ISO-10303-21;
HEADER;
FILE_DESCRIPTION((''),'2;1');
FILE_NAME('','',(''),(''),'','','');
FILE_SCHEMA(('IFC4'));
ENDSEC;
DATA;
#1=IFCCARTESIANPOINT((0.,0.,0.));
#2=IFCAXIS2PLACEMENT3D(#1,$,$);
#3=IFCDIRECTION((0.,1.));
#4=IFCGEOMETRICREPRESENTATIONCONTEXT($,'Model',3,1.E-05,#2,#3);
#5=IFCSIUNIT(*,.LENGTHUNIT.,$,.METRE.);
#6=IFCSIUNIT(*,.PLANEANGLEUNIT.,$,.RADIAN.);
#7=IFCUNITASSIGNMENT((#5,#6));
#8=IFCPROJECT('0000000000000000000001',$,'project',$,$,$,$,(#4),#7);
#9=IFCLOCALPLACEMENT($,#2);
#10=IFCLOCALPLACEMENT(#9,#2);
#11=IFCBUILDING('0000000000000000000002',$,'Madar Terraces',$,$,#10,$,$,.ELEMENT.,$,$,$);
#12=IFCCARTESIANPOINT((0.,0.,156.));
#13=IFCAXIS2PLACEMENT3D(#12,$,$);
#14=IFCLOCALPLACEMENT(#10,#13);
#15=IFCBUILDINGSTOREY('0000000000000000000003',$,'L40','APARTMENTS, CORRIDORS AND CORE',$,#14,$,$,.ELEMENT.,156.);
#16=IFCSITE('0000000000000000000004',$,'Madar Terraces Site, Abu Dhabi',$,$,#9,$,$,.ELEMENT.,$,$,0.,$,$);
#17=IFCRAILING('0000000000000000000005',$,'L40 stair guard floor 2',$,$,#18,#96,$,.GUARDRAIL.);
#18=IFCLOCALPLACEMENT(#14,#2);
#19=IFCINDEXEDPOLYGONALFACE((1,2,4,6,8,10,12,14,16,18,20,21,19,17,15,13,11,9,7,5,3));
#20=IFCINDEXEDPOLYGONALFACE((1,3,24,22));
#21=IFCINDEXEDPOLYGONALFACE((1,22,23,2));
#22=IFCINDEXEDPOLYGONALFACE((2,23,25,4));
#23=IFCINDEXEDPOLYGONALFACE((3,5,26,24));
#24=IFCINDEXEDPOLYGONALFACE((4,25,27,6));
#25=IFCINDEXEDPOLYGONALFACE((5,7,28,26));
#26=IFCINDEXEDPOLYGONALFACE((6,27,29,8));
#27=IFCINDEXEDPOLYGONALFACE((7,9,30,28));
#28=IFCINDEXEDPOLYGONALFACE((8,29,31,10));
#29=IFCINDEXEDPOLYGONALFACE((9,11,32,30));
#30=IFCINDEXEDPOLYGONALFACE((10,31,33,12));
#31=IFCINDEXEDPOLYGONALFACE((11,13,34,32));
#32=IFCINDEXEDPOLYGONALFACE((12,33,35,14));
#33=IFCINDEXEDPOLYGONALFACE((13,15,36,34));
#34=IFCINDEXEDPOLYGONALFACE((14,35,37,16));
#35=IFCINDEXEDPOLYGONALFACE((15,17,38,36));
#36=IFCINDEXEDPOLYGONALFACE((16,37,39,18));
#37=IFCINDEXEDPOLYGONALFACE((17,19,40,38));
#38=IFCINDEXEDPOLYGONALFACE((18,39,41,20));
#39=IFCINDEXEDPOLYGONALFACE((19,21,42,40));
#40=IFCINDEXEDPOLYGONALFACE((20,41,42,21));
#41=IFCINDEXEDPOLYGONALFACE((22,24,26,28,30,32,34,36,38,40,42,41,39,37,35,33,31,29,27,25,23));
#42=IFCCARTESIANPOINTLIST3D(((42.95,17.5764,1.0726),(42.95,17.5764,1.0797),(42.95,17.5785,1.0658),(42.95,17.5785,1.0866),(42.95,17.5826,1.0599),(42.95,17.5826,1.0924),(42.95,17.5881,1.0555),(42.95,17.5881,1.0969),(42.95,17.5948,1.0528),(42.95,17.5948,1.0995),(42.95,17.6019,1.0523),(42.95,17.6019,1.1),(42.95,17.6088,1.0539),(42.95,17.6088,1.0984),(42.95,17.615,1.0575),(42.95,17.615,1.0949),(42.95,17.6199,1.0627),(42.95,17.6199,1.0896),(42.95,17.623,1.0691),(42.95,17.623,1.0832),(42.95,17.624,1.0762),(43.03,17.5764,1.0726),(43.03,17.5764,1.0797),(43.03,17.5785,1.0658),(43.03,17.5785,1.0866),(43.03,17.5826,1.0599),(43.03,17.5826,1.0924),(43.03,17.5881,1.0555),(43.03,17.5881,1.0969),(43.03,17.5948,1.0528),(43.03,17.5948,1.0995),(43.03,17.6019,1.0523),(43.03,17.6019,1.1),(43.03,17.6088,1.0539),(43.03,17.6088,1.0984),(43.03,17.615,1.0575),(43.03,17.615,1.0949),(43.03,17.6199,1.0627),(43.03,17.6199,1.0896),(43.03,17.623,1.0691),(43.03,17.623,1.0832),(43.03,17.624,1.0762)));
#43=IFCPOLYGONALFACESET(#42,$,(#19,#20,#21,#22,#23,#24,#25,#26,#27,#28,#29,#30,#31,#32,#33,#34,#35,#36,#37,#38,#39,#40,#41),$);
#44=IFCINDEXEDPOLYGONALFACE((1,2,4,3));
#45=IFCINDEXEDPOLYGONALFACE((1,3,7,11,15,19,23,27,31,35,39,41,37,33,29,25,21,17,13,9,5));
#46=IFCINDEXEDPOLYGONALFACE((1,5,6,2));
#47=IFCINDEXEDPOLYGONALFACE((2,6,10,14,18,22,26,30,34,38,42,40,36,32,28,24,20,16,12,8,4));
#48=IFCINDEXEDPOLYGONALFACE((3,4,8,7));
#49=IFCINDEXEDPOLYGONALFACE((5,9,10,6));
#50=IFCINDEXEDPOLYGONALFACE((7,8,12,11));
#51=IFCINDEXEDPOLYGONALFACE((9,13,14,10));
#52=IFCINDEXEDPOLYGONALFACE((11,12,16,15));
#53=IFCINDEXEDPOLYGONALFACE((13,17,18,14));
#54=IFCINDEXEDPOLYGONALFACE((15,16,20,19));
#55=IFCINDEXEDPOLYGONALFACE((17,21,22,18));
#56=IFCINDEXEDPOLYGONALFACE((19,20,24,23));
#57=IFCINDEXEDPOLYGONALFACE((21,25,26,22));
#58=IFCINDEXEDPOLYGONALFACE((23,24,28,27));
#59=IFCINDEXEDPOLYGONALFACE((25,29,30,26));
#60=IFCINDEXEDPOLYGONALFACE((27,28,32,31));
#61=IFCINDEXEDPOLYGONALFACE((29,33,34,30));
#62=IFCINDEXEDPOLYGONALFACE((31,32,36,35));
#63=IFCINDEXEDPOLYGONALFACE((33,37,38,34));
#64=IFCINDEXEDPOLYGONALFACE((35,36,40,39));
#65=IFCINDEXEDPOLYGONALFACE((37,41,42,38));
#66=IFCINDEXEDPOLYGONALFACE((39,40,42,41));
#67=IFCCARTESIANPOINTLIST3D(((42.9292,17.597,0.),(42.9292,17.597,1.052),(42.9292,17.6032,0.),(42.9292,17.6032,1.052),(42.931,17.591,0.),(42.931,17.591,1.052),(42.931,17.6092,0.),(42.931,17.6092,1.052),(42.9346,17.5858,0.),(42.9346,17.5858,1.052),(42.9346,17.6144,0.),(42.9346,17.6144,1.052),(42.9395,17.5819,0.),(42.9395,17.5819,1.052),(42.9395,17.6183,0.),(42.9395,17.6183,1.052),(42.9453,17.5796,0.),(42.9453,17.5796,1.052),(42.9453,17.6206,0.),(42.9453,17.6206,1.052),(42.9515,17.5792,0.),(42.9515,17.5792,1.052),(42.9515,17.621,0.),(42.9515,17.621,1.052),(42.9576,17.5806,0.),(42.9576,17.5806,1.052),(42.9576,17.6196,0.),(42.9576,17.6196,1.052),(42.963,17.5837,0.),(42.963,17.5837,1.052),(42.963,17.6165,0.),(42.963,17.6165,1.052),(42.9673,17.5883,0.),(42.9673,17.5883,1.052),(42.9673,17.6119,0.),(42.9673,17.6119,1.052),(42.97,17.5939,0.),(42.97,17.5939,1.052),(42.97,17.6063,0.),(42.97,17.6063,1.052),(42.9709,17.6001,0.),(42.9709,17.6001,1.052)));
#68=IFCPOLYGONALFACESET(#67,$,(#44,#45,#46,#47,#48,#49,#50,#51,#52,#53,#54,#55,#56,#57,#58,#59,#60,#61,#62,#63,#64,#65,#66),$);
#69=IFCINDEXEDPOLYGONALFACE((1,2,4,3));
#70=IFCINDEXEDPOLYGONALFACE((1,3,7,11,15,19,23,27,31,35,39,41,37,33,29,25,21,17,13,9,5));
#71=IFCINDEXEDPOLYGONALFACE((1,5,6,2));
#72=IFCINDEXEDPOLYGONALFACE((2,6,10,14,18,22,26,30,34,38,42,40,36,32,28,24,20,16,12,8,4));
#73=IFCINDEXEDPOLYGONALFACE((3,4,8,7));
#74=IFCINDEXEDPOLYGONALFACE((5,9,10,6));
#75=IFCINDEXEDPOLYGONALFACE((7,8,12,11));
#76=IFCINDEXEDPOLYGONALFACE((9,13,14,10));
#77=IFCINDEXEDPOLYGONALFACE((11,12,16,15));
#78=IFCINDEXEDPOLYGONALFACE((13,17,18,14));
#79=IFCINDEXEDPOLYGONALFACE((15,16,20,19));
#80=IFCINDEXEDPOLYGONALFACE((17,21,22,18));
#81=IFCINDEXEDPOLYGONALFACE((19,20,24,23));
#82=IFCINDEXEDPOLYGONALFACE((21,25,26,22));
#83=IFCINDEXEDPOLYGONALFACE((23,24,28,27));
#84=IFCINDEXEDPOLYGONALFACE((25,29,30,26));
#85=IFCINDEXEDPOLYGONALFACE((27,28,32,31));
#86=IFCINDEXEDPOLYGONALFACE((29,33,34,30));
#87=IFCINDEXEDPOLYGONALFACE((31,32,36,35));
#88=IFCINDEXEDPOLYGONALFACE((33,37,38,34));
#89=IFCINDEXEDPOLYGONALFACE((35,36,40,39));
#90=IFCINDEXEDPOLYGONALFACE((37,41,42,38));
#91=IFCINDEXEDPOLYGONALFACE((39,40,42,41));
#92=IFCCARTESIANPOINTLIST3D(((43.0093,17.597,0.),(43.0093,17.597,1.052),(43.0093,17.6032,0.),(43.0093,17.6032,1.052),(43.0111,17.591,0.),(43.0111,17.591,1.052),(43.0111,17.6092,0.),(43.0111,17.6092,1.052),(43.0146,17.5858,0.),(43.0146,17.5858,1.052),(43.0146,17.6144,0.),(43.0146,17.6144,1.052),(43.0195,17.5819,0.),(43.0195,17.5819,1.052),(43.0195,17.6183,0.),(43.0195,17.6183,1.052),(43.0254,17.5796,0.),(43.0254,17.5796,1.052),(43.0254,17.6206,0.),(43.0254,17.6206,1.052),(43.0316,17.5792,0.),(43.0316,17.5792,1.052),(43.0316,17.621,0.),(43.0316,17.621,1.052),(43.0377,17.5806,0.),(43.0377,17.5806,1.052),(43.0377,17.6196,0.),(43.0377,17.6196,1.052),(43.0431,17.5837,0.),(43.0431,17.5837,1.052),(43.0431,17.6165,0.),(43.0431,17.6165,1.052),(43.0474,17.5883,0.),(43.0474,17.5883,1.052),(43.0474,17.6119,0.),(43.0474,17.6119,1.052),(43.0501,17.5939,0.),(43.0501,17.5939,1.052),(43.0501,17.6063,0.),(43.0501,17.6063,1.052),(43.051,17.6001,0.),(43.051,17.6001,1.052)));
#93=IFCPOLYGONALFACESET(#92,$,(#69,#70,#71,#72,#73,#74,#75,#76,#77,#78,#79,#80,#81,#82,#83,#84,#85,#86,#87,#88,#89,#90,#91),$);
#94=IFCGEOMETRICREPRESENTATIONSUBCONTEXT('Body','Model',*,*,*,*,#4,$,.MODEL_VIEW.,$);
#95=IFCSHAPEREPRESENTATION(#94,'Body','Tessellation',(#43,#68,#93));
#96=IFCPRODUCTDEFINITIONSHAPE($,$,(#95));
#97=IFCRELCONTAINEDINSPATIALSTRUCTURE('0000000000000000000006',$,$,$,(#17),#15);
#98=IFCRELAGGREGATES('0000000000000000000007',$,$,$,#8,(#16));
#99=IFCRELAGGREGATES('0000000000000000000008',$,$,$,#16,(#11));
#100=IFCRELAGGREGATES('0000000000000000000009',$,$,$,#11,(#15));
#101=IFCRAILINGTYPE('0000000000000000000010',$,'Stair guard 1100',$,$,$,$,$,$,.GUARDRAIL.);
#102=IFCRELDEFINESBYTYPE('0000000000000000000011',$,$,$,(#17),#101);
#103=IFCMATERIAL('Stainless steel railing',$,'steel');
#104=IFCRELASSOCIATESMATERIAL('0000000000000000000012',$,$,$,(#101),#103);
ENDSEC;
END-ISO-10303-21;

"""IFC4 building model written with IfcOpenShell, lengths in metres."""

from ifc_helpers import new_model, si_unit, direction, frame, origin, origin_2d, place, context, subcontext, project, spatial, circle, extrude, material, type_object, element, save


model = new_model("IFC4")

# Units and contexts
model_context = context("Model", 3, precision=1e-05, world=origin(), true_north=direction((0.0, 1.0)))
body_context = subcontext(model_context, "Body", "Model", "MODEL_VIEW")
ifc_project = project(units=[si_unit("LENGTHUNIT", "METRE"), si_unit("PLANEANGLEUNIT", "RADIAN")], contexts=[model_context])

# Site, building, storey
site_placement = place(None, origin())
site = spatial("IfcSite", under=ifc_project, at=site_placement, Name="Madar Terraces Site, Abu Dhabi", CompositionType="ELEMENT", RefElevation=0.0)
building_placement = place(site_placement, origin())
building = spatial("IfcBuilding", under=site, at=building_placement, Name="Madar Terraces", CompositionType="ELEMENT")
storey_placement = place(building_placement, frame((0.0, 0.0, 156.0)))
storey = spatial("IfcBuildingStorey", under=building, at=storey_placement, Name="L40", Description="APARTMENTS, CORRIDORS AND CORE", CompositionType="ELEMENT", Elevation=156.0)

# Railing
ifc_material_1 = material(Name="Stainless steel railing", Category="steel")
railing_type_1 = type_object("IfcRailingType", Name="Stair guard 1100", PredefinedType="GUARDRAIL", material=ifc_material_1)
railing_1_placement = place(storey_placement, frame((42.95, 17.6001, 0.0)))
element("IfcRailing", 1, at=railing_1_placement, inside=storey, type_object=railing_type_1, Name="L40 stair guard floor 2", PredefinedType="GUARDRAIL", context=body_context, shape_type="SweptSolid", body=[
    extrude(circle(Radius=0.0239, at=origin_2d()), frame((0.0, 0.0, 1.0762), z_axis=(1.0, 0.0, 0.0), x_axis=(0.0, 1.0, 0.0)), (0.0, 0.0, 1.0), 0.0801),
    extrude(circle(Radius=0.021, at=origin_2d()), origin(), (0.0, 0.0, 1.0), 1.052),
    extrude(circle(Radius=0.021, at=origin_2d()), frame((0.0801, 0.0, 0.0)), (0.0, 0.0, 1.0), 1.052),
])

save(model, "model.ifc")
